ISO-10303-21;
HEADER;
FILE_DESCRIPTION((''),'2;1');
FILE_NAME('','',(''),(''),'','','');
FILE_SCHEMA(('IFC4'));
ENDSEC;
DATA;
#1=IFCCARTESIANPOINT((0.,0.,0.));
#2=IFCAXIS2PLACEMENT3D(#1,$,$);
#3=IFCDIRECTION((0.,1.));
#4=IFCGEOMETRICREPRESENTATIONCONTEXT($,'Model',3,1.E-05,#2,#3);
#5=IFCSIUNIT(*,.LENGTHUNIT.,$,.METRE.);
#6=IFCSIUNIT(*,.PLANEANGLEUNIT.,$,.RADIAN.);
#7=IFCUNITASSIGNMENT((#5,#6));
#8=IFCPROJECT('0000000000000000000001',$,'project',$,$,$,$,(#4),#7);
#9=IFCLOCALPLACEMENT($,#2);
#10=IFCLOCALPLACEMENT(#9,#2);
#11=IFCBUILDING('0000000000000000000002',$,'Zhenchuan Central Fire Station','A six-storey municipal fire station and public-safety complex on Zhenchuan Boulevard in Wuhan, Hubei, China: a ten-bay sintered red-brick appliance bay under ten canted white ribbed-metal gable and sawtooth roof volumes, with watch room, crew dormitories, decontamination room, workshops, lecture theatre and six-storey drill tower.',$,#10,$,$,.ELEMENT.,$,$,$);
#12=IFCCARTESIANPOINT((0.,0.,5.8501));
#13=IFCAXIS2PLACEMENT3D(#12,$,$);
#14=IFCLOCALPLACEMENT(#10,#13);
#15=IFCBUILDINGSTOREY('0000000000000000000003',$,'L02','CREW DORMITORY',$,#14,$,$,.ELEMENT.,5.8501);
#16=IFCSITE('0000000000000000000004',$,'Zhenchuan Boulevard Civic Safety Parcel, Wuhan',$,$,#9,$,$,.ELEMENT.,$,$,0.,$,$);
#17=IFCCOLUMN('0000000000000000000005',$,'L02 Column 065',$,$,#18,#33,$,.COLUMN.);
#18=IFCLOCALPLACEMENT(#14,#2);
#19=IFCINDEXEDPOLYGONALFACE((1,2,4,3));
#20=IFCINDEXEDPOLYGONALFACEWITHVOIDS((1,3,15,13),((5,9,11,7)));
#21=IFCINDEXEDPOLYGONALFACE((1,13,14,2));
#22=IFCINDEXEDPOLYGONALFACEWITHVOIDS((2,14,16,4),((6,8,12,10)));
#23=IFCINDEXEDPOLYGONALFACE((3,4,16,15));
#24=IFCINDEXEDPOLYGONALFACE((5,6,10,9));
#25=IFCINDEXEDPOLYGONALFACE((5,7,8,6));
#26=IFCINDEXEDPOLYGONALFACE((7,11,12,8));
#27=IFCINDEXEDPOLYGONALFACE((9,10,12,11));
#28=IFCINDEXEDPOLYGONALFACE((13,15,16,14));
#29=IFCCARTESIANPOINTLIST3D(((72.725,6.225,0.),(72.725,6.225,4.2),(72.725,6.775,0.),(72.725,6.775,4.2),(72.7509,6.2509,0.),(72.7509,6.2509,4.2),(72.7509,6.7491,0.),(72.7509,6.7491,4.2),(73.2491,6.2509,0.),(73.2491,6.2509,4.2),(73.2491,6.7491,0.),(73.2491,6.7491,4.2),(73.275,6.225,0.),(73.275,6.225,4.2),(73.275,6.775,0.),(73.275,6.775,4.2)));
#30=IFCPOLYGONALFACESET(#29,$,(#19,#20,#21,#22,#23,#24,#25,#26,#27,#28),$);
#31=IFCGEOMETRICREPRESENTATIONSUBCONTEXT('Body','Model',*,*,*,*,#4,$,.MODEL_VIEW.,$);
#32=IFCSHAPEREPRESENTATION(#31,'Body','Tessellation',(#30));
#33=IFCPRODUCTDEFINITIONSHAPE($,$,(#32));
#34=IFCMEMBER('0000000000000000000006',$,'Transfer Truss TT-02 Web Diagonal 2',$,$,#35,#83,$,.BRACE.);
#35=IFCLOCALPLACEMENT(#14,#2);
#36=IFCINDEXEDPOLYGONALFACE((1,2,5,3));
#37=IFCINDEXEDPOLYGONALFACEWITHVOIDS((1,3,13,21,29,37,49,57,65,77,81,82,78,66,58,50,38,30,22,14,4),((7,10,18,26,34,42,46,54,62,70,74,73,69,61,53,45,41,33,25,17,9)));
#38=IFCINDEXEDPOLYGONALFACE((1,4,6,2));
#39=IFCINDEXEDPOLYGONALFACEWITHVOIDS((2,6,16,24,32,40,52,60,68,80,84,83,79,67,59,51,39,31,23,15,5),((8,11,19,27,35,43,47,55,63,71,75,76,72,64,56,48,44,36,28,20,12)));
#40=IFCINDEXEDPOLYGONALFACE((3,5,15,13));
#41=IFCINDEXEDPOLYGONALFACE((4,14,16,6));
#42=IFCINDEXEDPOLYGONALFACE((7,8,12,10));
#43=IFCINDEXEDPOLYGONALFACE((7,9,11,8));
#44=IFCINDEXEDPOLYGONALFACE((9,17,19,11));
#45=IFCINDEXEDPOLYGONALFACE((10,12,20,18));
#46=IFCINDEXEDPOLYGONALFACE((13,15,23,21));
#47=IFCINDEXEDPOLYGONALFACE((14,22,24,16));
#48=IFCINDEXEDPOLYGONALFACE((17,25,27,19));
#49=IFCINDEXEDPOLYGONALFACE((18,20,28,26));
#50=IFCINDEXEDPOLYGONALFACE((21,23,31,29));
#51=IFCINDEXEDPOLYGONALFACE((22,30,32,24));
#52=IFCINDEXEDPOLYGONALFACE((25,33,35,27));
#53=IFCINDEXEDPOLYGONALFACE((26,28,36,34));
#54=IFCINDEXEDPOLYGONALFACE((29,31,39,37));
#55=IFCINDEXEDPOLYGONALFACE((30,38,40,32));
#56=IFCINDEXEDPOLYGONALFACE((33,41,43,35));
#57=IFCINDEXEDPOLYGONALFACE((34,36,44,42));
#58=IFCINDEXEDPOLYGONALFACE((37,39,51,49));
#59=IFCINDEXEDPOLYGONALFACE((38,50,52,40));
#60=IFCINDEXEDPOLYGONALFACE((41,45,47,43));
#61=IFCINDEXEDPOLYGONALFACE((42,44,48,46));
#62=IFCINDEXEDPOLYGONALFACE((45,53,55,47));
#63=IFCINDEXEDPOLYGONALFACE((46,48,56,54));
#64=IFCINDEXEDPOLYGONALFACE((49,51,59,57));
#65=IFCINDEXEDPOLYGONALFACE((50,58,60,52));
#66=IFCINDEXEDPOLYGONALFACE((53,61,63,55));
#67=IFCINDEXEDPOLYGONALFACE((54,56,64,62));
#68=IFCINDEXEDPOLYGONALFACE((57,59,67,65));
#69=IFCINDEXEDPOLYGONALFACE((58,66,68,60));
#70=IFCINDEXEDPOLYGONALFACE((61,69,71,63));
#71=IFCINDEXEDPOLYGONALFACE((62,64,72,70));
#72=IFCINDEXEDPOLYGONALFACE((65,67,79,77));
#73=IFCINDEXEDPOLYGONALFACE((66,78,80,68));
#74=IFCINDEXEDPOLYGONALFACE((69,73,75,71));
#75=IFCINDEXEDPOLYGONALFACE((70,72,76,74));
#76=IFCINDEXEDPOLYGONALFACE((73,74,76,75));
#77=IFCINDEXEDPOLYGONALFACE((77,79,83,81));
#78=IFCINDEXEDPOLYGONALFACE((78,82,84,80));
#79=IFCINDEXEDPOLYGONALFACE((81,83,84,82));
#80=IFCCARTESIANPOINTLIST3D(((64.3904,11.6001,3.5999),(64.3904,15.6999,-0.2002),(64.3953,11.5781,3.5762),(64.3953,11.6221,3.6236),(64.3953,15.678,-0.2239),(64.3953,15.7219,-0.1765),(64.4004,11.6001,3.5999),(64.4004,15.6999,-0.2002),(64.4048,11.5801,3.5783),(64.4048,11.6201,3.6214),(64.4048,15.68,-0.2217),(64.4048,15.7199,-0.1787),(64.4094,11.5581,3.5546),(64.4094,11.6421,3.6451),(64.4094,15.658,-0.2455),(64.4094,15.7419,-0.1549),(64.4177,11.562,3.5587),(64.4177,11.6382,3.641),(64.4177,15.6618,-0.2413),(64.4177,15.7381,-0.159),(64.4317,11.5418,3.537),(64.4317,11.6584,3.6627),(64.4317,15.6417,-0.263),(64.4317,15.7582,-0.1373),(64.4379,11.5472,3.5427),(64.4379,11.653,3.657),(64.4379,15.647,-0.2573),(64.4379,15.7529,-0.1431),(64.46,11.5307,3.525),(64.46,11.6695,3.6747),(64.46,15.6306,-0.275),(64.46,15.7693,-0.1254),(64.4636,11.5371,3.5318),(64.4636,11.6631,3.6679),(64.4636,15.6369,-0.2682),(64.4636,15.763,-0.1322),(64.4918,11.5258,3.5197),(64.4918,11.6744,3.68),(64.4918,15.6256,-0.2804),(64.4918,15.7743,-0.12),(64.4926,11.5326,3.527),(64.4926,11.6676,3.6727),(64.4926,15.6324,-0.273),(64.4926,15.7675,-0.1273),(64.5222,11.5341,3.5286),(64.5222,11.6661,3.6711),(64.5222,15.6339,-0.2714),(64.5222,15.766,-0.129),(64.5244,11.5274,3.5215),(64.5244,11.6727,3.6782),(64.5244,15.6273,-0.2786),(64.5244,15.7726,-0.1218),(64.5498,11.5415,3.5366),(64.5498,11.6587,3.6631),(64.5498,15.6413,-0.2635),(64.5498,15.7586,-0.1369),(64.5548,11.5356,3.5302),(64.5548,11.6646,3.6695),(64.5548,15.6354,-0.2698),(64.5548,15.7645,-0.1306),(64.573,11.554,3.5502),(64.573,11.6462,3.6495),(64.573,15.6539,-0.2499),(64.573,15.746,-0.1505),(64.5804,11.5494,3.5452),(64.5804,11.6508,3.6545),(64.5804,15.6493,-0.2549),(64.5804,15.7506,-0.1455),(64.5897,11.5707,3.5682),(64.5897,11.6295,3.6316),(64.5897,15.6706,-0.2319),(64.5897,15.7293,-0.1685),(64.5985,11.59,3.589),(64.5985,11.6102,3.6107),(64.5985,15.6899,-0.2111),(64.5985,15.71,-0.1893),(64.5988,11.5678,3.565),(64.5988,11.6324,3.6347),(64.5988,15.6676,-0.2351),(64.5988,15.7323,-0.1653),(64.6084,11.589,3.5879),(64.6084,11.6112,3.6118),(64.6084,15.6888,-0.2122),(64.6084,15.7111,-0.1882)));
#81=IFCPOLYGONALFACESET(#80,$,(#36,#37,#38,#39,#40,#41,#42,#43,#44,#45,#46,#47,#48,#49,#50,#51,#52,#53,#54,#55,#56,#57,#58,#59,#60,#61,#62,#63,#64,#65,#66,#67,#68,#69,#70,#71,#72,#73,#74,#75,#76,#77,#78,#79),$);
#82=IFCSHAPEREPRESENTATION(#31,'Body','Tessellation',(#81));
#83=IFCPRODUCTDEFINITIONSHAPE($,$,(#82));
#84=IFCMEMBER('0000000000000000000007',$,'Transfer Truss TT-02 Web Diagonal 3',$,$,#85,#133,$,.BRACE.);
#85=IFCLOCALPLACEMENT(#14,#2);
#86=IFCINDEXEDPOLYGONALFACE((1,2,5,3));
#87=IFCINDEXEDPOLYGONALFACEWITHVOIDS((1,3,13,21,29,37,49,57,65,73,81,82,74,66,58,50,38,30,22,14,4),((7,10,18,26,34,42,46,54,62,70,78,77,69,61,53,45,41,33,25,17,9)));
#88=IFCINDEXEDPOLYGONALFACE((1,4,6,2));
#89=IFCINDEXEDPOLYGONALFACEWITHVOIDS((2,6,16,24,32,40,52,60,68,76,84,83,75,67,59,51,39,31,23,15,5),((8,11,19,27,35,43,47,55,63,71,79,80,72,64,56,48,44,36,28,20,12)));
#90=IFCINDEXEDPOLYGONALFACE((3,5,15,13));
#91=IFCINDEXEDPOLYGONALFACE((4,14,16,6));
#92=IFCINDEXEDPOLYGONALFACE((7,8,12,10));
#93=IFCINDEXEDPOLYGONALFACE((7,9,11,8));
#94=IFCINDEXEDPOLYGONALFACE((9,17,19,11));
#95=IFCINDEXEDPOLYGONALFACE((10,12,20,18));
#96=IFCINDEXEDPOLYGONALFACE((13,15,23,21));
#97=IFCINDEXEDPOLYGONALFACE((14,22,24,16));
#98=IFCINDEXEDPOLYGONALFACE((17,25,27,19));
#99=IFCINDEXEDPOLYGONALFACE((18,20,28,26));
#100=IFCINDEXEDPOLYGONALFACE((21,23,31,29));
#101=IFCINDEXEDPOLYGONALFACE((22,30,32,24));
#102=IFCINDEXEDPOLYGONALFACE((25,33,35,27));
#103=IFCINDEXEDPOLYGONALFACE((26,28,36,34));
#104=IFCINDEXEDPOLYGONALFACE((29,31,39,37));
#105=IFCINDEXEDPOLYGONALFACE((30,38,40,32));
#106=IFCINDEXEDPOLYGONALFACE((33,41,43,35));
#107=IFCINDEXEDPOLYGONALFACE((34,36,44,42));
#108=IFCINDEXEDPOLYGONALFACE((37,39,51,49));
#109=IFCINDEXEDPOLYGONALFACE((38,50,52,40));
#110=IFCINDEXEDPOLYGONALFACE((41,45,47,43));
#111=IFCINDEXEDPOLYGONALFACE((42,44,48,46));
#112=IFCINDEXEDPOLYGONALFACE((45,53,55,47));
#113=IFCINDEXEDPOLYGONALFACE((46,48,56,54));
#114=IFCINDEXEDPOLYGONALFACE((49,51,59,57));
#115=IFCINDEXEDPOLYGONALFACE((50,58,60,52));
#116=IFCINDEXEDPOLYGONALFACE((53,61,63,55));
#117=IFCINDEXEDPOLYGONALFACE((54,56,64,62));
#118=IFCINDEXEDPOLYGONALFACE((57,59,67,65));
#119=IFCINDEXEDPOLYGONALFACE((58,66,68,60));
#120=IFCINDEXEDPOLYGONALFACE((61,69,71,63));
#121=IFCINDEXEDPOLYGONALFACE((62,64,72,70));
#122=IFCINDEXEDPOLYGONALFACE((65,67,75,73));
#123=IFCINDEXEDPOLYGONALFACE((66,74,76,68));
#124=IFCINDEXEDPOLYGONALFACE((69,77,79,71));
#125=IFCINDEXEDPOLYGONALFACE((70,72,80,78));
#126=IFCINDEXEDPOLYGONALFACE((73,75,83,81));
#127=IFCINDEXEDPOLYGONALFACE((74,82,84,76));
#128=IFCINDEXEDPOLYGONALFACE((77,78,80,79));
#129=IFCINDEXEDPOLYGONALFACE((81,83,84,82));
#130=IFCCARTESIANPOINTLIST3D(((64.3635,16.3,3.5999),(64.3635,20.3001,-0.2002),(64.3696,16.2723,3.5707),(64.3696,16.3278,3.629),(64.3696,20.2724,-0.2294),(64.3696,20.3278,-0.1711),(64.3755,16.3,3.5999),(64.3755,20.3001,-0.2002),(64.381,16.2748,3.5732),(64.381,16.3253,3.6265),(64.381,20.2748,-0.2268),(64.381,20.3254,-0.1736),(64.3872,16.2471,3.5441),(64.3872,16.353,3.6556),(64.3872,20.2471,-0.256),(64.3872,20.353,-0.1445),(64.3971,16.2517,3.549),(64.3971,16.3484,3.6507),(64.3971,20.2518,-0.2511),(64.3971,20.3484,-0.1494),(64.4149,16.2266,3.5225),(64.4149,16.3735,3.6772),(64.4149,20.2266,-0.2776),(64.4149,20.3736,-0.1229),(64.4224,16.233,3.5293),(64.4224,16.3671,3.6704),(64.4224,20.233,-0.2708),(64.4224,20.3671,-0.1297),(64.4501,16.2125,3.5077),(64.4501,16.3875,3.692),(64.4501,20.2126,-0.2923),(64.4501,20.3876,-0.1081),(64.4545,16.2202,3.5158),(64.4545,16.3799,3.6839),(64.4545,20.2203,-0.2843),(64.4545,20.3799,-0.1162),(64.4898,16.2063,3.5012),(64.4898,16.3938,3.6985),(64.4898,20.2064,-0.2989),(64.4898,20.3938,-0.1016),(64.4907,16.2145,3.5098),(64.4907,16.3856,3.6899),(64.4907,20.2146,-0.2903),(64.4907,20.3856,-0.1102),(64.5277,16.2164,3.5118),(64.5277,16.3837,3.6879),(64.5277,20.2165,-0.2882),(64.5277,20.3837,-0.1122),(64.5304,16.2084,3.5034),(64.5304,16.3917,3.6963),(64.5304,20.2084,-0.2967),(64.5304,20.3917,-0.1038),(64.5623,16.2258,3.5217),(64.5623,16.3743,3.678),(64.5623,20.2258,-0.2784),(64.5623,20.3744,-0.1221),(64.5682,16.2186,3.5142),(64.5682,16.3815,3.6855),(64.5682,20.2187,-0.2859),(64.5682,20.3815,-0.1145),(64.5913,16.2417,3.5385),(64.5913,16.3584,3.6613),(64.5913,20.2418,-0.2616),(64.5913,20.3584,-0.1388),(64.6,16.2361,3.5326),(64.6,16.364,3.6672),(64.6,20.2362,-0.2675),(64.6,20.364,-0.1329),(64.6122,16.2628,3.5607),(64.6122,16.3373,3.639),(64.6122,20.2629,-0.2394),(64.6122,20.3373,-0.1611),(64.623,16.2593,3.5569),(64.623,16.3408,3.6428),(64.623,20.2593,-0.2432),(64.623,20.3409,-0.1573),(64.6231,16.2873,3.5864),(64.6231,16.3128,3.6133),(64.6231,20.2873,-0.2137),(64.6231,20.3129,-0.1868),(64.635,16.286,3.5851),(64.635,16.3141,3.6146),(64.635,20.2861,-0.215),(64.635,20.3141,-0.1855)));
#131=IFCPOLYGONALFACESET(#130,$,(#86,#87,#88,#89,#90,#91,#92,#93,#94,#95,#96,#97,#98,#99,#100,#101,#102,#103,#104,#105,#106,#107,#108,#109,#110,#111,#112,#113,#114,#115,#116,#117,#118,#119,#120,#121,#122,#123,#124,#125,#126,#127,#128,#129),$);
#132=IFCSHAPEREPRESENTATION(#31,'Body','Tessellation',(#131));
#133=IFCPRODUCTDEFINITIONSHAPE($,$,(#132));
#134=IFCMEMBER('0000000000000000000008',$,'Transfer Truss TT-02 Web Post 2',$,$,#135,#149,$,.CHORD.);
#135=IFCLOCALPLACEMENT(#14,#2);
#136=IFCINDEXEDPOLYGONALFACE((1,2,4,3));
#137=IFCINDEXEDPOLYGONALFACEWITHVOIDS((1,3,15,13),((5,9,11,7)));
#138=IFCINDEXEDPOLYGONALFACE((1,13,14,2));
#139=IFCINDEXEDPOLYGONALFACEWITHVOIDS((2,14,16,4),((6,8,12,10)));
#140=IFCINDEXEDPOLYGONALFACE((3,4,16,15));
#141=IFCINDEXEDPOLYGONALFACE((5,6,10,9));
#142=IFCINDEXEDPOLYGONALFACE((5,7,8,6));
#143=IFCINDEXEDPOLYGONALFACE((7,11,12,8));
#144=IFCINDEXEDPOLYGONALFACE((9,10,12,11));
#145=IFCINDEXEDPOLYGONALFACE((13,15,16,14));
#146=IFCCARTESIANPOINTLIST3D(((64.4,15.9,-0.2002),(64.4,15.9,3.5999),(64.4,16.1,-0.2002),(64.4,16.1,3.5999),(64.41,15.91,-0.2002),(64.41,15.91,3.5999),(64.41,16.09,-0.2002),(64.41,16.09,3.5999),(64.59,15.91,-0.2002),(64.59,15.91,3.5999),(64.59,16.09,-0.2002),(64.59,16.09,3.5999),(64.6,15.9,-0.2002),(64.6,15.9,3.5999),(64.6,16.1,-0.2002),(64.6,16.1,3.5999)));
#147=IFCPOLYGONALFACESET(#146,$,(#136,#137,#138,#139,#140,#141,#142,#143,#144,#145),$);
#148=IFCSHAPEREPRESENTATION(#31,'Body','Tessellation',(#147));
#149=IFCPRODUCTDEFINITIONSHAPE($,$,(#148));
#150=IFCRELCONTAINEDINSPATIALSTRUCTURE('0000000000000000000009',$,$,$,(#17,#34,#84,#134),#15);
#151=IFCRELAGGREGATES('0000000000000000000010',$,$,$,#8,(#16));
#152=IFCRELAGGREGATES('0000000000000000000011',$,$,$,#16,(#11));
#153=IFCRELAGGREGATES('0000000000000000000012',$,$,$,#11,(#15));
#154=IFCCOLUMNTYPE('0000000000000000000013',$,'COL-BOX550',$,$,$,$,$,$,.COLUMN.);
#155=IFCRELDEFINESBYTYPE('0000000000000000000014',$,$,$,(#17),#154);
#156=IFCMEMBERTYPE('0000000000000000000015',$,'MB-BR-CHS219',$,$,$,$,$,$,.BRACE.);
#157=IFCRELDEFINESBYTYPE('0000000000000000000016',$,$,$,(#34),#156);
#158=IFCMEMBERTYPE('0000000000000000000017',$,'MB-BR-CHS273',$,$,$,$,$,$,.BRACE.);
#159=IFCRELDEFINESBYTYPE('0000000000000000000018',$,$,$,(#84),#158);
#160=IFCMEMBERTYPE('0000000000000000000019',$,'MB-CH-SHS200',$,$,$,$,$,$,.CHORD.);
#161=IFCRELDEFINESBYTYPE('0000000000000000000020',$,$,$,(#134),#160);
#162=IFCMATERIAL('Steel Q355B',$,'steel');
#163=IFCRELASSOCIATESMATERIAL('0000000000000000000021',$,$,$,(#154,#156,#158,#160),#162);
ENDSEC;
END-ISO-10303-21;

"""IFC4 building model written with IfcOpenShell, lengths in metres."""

from ifc_helpers import new_model, si_unit, direction, frame, origin, origin_2d, place, context, subcontext, project, spatial, hollow_rectangle, hollow_circle, extrude, material, material_profile, profile_set, type_object, element, save


model = new_model("IFC4")

# Units and contexts
model_context = context("Model", 3, precision=1e-05, world=origin(), true_north=direction((0.0, 1.0)))
body_context = subcontext(model_context, "Body", "Model", "MODEL_VIEW")
ifc_project = project(units=[si_unit("LENGTHUNIT", "METRE"), si_unit("PLANEANGLEUNIT", "RADIAN")], contexts=[model_context])

# Site, building, storey
site_placement = place(None, origin())
site = spatial("IfcSite", under=ifc_project, at=site_placement, Name="Zhenchuan Boulevard Civic Safety Parcel, Wuhan", CompositionType="ELEMENT", RefElevation=0.0)
building_placement = place(site_placement, origin())
building = spatial("IfcBuilding", under=site, at=building_placement, Name="Zhenchuan Central Fire Station", Description="A six-storey municipal fire station and public-safety complex on Zhenchuan Boulevard in Wuhan, Hubei, China: a ten-bay sintered red-brick appliance bay under ten canted white ribbed-metal gable and sawtooth roof volumes, with watch room, crew dormitories, decontamination room, workshops, lecture theatre and six-storey drill tower.", CompositionType="ELEMENT")
storey_placement = place(building_placement, frame((0.0, 0.0, 5.8501)))
storey = spatial("IfcBuildingStorey", under=building, at=storey_placement, Name="L02", Description="CREW DORMITORY", CompositionType="ELEMENT", Elevation=5.8501)

# Column
ifc_material_1 = material(Name="Steel Q355B", Category="steel")
ifc_material_profile_1 = material_profile(ifc_material_1, hollow_rectangle(XDim=0.55, YDim=0.55, WallThickness=0.0259, at=origin_2d()), Name="BOX 550x550x26")
ifc_profile_set_1 = profile_set([ifc_material_profile_1], Name="Steel Q355B")
column_type = type_object("IfcColumnType", Name="COL-BOX550", PredefinedType="COLUMN", material=ifc_profile_set_1)
column_placement = place(storey_placement, frame((73.0, 6.5, 0.0), z_axis=(0.0, 0.0, 1.0), x_axis=(1.0, 0.0, 0.0)))
element("IfcColumn", 1, at=column_placement, inside=storey, type_object=column_type, Name="L02 Column 065", PredefinedType="COLUMN", context=body_context, shape_type="SweptSolid", body=[
    extrude(hollow_rectangle(XDim=0.55, YDim=0.55, WallThickness=0.0259, at=origin_2d()), origin(), (0.0, 0.0, 1.0), 4.2),
])

# Members
ifc_material_profile_2 = material_profile(ifc_material_1, hollow_circle(Radius=0.1096, WallThickness=0.01, at=origin_2d()), Name="CHS 219.1x10")
ifc_profile_set_2 = profile_set([ifc_material_profile_2], Name="Steel Q355B")
member_type_1 = type_object("IfcMemberType", Name="MB-BR-CHS219", PredefinedType="BRACE", material=ifc_profile_set_2)
member_1_placement = place(storey_placement, frame((64.5, 11.6001, 3.5999), z_axis=(0.0, 0.733414, -0.679782), x_axis=(-1.0, 0.0, 0.0)))
element("IfcMember", 2, at=member_1_placement, inside=storey, type_object=member_type_1, Name="Transfer Truss TT-02 Web Diagonal 2", PredefinedType="BRACE", context=body_context, shape_type="SweptSolid", body=[
    extrude(hollow_circle(Radius=0.1096, WallThickness=0.01, at=origin_2d()), origin(), (0.0, 0.0, 1.0), 5.5901),
])
ifc_material_profile_3 = material_profile(ifc_material_1, hollow_circle(Radius=0.1365, WallThickness=0.012, at=origin_2d()), Name="CHS 273x12")
ifc_profile_set_3 = profile_set([ifc_material_profile_3], Name="Steel Q355B")
member_type_2 = type_object("IfcMemberType", Name="MB-BR-CHS273", PredefinedType="BRACE", material=ifc_profile_set_3)
member_2_placement = place(storey_placement, frame((64.5, 16.3, 3.5999), z_axis=(0.0, 0.724995, -0.688754), x_axis=(-1.0, 0.0, 0.0)))
element("IfcMember", 3, at=member_2_placement, inside=storey, type_object=member_type_2, Name="Transfer Truss TT-02 Web Diagonal 3", PredefinedType="BRACE", context=body_context, shape_type="SweptSolid", body=[
    extrude(hollow_circle(Radius=0.1365, WallThickness=0.012, at=origin_2d()), origin(), (0.0, 0.0, 1.0), 5.5173),
])
ifc_material_profile_4 = material_profile(ifc_material_1, hollow_rectangle(XDim=0.2, YDim=0.2, WallThickness=0.01, at=origin_2d()), Name="SHS 200x200x10")
ifc_profile_set_4 = profile_set([ifc_material_profile_4], Name="Steel Q355B")
member_type_3 = type_object("IfcMemberType", Name="MB-CH-SHS200", PredefinedType="CHORD", material=ifc_profile_set_4)
member_3_placement = place(storey_placement, frame((64.5, 16.0, -0.2002), z_axis=(0.0, 0.0, 1.0), x_axis=(1.0, 0.0, 0.0)))
element("IfcMember", 4, at=member_3_placement, inside=storey, type_object=member_type_3, Name="Transfer Truss TT-02 Web Post 2", PredefinedType="CHORD", context=body_context, shape_type="SweptSolid", body=[
    extrude(hollow_rectangle(XDim=0.2, YDim=0.2, WallThickness=0.01, at=origin_2d()), origin(), (0.0, 0.0, 1.0), 3.8),
])

save(model, "model.ifc")
